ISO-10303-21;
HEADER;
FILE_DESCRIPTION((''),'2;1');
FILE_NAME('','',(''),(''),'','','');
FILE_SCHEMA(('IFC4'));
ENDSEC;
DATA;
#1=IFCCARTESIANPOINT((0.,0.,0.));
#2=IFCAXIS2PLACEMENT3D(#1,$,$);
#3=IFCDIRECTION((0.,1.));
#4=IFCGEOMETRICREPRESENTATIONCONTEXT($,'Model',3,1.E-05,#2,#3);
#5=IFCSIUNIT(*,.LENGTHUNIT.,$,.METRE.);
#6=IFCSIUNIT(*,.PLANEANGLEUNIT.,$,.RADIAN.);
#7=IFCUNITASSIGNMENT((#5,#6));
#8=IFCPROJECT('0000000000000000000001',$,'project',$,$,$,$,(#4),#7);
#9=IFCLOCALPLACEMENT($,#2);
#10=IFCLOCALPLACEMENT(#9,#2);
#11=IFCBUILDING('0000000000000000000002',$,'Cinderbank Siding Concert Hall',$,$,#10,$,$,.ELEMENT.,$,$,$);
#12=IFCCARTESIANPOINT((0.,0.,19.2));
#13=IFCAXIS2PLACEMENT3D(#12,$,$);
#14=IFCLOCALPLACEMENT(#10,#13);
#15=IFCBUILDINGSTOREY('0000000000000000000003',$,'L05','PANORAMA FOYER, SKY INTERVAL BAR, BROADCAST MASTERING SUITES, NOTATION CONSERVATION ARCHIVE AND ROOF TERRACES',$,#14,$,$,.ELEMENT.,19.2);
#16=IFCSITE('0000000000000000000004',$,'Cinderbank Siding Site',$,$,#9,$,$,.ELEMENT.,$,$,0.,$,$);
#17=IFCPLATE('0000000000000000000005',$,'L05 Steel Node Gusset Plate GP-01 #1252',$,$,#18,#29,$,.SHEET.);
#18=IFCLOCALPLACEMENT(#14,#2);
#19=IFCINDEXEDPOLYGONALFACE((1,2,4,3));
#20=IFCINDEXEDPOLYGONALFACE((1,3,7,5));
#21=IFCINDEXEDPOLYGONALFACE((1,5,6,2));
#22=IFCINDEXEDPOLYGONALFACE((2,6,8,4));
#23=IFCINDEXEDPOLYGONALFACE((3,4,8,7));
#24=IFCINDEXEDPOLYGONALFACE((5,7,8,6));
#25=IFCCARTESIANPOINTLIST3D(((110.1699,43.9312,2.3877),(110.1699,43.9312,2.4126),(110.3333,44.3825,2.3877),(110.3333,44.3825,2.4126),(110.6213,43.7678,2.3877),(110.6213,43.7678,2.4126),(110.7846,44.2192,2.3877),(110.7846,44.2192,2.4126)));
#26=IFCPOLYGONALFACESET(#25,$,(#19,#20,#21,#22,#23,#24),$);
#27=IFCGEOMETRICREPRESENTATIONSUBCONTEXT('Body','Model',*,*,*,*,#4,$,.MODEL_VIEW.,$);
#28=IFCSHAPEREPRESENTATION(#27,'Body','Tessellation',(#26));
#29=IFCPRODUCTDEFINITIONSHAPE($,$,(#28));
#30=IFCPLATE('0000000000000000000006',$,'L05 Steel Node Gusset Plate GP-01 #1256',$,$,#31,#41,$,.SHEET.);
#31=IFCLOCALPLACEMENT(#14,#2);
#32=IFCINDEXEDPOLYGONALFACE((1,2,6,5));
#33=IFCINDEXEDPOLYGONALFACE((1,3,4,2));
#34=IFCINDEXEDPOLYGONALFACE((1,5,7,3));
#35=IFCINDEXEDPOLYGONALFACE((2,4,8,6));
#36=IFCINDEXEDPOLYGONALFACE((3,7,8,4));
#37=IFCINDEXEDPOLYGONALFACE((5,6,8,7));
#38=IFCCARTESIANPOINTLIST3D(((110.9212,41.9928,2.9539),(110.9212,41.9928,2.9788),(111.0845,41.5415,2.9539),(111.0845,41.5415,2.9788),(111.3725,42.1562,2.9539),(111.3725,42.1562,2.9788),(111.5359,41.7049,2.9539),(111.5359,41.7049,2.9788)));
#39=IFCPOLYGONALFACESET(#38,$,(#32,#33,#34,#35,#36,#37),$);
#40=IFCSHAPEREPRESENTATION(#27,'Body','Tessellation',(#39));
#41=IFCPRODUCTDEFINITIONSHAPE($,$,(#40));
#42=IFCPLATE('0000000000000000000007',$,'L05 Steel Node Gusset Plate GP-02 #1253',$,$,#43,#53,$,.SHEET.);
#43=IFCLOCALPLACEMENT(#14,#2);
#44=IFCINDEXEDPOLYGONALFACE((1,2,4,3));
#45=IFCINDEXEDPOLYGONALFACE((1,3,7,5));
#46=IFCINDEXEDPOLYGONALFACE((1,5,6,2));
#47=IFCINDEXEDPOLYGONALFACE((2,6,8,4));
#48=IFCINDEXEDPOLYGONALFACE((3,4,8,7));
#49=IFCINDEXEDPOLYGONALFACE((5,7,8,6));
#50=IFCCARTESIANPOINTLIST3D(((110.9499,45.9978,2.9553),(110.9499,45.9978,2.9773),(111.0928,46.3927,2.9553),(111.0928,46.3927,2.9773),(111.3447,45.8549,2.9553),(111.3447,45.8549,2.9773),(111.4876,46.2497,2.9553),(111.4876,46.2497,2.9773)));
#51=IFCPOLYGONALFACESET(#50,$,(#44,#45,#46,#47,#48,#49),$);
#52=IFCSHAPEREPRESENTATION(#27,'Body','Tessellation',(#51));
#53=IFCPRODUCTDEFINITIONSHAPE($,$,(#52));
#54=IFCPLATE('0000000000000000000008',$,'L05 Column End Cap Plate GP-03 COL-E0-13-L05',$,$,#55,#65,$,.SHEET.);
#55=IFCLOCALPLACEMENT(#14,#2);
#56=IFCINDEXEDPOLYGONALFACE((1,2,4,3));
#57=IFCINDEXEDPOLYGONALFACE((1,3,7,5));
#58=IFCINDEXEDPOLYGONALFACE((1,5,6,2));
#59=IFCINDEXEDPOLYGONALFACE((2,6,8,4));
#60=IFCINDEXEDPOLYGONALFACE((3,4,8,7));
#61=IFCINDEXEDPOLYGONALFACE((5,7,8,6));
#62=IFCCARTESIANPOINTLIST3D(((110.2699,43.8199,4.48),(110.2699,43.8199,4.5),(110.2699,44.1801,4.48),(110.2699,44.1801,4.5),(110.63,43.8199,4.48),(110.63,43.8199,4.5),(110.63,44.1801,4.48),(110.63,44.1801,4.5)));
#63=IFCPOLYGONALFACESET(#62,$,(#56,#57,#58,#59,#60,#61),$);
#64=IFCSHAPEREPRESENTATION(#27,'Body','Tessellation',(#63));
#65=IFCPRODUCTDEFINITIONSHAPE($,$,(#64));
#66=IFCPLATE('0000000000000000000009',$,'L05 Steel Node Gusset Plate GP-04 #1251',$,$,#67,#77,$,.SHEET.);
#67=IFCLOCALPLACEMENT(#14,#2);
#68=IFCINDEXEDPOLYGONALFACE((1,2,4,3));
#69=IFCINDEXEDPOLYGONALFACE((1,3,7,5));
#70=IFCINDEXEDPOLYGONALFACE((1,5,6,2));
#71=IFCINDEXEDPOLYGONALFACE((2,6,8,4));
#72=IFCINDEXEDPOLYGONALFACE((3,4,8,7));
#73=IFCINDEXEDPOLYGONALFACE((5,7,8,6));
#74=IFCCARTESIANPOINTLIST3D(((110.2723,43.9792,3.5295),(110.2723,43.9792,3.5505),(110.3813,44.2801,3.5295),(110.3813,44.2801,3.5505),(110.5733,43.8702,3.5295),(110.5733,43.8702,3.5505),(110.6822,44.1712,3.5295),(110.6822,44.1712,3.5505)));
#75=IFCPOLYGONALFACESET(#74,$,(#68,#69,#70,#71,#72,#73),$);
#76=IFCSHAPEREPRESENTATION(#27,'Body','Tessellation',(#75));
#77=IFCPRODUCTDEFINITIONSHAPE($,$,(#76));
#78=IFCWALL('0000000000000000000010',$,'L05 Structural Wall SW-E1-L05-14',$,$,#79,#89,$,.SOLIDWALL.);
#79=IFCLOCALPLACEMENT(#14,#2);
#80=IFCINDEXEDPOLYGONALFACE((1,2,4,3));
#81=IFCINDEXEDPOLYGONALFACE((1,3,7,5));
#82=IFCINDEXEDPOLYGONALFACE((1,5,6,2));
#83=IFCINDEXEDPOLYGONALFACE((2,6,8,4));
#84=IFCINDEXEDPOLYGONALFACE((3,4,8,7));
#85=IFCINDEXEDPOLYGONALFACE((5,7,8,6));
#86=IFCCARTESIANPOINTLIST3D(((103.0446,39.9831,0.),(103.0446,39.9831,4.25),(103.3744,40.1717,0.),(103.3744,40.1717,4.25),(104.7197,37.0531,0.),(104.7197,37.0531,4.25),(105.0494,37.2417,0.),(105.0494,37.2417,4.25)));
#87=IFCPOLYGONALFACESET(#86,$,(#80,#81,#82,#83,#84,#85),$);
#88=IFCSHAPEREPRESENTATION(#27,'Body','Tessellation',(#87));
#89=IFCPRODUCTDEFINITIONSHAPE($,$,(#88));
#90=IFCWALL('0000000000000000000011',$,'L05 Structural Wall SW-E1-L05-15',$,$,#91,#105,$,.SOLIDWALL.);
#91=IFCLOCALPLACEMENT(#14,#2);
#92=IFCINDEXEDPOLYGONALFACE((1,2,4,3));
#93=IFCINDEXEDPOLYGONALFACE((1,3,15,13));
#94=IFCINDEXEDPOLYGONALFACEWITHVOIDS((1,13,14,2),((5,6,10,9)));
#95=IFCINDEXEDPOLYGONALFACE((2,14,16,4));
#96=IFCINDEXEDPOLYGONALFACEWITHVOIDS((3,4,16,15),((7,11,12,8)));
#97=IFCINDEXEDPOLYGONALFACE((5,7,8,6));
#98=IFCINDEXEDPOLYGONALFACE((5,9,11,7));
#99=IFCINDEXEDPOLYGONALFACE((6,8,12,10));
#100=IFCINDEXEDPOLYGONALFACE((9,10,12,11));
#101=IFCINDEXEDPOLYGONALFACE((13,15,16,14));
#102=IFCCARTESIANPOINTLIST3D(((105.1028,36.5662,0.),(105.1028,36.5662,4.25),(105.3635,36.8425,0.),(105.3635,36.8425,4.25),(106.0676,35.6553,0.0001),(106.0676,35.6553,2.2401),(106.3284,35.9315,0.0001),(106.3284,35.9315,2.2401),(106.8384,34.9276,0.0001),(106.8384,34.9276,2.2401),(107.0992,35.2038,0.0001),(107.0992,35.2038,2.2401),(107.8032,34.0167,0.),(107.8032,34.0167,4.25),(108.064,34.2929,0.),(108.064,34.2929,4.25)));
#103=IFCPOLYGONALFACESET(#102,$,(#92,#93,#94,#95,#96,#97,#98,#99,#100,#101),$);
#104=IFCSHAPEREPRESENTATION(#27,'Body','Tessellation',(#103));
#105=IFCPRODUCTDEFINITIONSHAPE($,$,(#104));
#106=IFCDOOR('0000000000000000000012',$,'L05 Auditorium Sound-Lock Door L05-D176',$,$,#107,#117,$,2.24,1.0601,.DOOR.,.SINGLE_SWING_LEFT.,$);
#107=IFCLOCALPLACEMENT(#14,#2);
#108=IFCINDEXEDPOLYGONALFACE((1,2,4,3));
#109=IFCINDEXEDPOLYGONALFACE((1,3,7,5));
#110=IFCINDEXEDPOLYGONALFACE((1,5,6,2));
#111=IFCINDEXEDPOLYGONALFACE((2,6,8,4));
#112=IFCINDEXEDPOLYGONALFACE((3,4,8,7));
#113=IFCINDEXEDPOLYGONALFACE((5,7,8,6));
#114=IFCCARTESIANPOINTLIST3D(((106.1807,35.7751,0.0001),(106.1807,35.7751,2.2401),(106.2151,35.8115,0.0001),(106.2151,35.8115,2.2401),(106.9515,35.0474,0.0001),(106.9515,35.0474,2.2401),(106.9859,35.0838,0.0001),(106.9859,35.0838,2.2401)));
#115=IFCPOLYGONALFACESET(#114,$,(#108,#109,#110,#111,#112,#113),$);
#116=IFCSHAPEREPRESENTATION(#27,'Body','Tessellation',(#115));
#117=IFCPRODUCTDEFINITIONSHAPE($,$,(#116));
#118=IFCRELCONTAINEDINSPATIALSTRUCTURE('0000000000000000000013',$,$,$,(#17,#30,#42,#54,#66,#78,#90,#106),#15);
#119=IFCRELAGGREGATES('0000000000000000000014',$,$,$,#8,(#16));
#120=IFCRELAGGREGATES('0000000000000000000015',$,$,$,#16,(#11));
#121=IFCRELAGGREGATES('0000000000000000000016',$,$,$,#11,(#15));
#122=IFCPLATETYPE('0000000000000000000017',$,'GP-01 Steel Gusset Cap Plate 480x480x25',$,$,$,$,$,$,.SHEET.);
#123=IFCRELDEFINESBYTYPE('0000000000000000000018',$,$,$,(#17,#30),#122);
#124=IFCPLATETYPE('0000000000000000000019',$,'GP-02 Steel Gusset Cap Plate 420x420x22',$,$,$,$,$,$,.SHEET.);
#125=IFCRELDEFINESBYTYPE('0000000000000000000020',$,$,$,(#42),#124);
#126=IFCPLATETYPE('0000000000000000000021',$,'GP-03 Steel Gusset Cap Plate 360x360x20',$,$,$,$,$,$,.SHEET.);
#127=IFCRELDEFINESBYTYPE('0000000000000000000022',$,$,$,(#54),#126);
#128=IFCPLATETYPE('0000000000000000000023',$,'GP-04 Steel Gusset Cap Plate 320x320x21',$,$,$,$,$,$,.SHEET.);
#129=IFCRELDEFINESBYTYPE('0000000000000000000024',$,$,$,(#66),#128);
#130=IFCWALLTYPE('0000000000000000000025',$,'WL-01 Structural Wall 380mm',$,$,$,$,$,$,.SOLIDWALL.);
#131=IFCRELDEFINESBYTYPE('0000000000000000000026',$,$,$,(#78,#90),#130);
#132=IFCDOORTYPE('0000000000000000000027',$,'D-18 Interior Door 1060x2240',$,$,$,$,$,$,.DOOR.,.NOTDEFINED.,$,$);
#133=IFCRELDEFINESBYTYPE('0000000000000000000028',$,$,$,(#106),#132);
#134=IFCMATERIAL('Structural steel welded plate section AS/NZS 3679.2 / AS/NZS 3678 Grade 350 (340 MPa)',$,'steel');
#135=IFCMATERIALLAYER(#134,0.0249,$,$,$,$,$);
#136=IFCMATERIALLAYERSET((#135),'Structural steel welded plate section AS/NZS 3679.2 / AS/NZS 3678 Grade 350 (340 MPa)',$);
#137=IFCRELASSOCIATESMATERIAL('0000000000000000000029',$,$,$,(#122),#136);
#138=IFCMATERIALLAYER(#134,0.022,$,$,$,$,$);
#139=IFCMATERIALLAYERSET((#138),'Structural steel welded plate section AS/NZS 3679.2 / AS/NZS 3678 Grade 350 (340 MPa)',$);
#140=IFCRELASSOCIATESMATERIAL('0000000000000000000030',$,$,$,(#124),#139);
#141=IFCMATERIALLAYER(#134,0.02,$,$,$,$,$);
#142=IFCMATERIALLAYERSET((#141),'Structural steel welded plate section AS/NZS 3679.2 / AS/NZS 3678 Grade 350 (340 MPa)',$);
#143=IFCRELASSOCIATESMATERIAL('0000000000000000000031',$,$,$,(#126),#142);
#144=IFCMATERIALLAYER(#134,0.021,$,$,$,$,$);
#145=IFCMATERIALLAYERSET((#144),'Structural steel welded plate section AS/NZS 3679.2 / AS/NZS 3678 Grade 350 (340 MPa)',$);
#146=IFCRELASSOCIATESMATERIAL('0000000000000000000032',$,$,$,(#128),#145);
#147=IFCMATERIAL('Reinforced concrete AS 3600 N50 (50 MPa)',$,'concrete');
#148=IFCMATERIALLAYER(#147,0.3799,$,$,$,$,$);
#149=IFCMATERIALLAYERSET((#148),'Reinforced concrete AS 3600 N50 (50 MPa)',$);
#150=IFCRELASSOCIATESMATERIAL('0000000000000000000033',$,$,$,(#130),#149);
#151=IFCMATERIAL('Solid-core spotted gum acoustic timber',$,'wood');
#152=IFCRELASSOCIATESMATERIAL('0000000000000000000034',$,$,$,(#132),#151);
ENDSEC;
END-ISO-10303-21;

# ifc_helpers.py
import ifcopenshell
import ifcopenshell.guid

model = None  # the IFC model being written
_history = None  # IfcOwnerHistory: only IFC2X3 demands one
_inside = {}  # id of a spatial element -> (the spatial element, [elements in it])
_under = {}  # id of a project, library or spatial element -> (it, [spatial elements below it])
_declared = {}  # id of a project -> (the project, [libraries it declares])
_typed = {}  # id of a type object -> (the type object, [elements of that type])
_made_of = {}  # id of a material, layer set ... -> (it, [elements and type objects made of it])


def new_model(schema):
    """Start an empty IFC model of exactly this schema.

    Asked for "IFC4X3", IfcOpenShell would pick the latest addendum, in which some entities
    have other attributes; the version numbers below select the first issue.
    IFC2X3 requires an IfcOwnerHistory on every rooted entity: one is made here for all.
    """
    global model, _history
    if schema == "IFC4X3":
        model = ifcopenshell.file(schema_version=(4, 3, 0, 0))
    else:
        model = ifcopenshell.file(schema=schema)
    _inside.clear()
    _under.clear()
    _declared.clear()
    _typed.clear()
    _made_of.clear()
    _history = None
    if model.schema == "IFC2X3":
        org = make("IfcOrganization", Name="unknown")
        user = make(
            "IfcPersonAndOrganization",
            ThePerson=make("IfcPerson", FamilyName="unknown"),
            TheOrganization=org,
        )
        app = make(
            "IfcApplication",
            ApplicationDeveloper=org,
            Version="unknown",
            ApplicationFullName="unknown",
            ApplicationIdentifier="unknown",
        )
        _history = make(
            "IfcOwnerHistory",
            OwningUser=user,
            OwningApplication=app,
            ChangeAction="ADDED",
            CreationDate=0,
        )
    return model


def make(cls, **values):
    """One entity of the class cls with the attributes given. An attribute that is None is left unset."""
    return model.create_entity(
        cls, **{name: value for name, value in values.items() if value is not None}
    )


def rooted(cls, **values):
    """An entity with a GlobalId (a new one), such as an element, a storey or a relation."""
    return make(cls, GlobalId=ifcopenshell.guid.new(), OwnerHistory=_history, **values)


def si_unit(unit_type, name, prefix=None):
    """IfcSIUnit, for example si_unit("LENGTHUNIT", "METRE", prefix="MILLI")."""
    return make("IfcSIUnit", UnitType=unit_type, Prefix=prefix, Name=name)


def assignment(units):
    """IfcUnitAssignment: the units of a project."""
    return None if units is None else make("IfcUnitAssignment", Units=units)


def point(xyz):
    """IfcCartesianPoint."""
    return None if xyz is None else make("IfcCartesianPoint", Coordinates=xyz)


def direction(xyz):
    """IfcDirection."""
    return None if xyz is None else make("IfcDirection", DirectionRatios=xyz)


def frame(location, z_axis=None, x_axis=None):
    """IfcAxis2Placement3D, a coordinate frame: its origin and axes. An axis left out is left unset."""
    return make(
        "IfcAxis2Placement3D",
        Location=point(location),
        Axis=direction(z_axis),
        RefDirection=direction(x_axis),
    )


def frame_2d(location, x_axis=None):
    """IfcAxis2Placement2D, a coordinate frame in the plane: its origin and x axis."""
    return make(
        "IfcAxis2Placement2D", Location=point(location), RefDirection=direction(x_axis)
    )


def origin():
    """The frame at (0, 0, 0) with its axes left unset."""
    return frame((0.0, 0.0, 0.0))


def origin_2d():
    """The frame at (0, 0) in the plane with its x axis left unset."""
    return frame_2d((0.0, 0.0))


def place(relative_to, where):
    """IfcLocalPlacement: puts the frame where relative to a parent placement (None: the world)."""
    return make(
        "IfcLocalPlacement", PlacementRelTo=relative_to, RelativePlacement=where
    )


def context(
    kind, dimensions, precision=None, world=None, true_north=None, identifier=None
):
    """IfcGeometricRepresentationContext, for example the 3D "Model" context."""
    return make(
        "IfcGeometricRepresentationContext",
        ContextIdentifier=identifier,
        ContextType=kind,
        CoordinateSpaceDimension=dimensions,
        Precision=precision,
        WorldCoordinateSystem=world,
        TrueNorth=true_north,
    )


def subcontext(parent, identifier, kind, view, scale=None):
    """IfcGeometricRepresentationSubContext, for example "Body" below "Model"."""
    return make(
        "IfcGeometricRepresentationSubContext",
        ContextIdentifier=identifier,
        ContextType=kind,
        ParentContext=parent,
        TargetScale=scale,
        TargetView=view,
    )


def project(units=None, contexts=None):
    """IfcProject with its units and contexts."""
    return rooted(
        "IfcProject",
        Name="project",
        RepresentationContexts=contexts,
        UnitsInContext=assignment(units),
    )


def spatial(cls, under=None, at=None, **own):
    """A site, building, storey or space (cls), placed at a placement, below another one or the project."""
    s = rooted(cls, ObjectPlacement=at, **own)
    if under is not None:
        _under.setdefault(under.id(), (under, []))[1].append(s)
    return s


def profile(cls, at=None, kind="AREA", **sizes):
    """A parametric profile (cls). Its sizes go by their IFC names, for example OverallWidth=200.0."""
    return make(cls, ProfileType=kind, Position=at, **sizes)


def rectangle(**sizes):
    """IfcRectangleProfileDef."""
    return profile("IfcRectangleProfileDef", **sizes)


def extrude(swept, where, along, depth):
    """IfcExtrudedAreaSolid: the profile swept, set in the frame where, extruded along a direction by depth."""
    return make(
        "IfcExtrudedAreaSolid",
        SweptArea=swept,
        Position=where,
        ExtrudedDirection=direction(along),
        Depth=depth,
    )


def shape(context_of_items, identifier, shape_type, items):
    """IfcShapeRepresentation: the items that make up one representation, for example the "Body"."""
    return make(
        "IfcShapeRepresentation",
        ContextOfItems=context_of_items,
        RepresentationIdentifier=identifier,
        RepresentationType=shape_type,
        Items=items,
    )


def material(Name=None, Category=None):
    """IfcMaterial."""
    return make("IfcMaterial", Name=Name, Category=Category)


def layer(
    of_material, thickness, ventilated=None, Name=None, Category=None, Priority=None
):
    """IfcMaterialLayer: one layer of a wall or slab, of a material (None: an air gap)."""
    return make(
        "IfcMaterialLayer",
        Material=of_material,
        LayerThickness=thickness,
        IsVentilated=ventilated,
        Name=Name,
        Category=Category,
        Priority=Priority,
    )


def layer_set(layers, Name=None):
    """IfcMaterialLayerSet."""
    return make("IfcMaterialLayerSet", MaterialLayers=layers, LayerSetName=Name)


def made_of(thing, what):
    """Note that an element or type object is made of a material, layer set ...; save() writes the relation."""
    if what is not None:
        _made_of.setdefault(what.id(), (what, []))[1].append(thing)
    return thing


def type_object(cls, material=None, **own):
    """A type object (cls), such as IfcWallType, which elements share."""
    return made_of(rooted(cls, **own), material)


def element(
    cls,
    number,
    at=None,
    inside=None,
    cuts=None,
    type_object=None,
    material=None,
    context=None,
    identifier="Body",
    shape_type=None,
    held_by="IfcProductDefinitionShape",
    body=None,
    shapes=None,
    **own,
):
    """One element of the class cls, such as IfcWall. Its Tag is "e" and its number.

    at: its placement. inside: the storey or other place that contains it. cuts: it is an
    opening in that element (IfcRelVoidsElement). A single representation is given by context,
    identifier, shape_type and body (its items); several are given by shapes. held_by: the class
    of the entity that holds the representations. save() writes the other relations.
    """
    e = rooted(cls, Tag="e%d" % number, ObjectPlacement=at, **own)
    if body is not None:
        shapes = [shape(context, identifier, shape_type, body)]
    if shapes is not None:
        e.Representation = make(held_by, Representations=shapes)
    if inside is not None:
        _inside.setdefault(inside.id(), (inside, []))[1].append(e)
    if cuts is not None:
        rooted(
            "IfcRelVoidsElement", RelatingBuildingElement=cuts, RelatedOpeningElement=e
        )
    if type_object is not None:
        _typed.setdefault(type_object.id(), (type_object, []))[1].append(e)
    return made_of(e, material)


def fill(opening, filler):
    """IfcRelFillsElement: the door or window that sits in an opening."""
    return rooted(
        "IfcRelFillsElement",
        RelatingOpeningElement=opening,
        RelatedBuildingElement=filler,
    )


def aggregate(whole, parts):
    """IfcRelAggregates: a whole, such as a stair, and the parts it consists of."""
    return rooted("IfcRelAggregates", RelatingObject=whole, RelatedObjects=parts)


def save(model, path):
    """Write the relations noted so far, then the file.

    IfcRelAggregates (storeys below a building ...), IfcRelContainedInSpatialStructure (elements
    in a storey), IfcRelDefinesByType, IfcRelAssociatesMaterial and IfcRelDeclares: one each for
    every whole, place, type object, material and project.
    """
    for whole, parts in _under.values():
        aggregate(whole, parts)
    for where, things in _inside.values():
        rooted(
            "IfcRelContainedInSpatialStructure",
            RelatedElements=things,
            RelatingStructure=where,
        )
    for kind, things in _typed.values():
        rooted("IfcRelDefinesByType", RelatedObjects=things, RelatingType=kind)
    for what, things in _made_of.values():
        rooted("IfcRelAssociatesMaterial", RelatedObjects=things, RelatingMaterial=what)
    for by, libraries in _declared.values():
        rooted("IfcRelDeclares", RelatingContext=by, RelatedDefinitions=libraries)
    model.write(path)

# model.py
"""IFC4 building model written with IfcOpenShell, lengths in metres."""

from ifc_helpers import new_model, si_unit, direction, frame, frame_2d, origin, origin_2d, place, context, subcontext, project, spatial, rectangle, extrude, material, layer, layer_set, type_object, element, fill, save


model = new_model("IFC4")

# Units and contexts
model_context = context("Model", 3, precision=1e-05, world=origin(), true_north=direction((0.0, 1.0)))
body_context = subcontext(model_context, "Body", "Model", "MODEL_VIEW")
ifc_project = project(units=[si_unit("LENGTHUNIT", "METRE"), si_unit("PLANEANGLEUNIT", "RADIAN")], contexts=[model_context])

# Site, building, storey
site_placement = place(None, origin())
site = spatial("IfcSite", under=ifc_project, at=site_placement, Name="Cinderbank Siding Site", CompositionType="ELEMENT", RefElevation=0.0)
building_placement = place(site_placement, origin())
building = spatial("IfcBuilding", under=site, at=building_placement, Name="Cinderbank Siding Concert Hall", CompositionType="ELEMENT")
storey_placement = place(building_placement, frame((0.0, 0.0, 19.2)))
storey = spatial("IfcBuildingStorey", under=building, at=storey_placement, Name="L05", Description="PANORAMA FOYER, SKY INTERVAL BAR, BROADCAST MASTERING SUITES, NOTATION CONSERVATION ARCHIVE AND ROOF TERRACES", CompositionType="ELEMENT", Elevation=19.2)

# Shared definitions
ifc_material_1 = material(Name="Reinforced concrete AS 3600 N50 (50 MPa)", Category="concrete")

# Plates
ifc_material_2 = material(Name="Structural steel welded plate section AS/NZS 3679.2 / AS/NZS 3678 Grade 350 (340 MPa)", Category="steel")
ifc_layer_1 = layer(ifc_material_2, 0.0249)
ifc_layer_set_1 = layer_set([ifc_layer_1], Name="Structural steel welded plate section AS/NZS 3679.2 / AS/NZS 3678 Grade 350 (340 MPa)")
plate_type_1 = type_object("IfcPlateType", Name="GP-01 Steel Gusset Cap Plate 480x480x25", PredefinedType="SHEET", material=ifc_layer_set_1)
for number, where, z_axis, x_axis, name in (
    (1, (110.4773, 44.0752, 2.3877), (0.0, 0.0, 1.0), (0.34038, 0.940288, 0.0), "L05 Steel Node Gusset Plate GP-01 #1252"),
    (2, (111.2285, 41.8489, 2.9539), (0.0, 0.0, 1.0), (-0.34038, 0.940288, 0.0), "L05 Steel Node Gusset Plate GP-01 #1256"),
):
    element("IfcPlate", number, at=place(storey_placement, frame(where, z_axis=z_axis, x_axis=x_axis)), inside=storey, type_object=plate_type_1, Name=name, PredefinedType="SHEET", context=body_context, shape_type="SweptSolid", body=[
        extrude(rectangle(XDim=0.48, YDim=0.48, at=origin_2d()), origin(), (0.0, 0.0, 1.0), 0.0249),
    ])
ifc_layer_2 = layer(ifc_material_2, 0.022)
ifc_layer_set_2 = layer_set([ifc_layer_2], Name="Structural steel welded plate section AS/NZS 3679.2 / AS/NZS 3678 Grade 350 (340 MPa)")
plate_type_2 = type_object("IfcPlateType", Name="GP-02 Steel Gusset Cap Plate 420x420x22", PredefinedType="SHEET", material=ifc_layer_set_2)
plate_1_placement = place(storey_placement, frame((111.2188, 46.1238, 2.9553), z_axis=(0.0, 0.0, 1.0), x_axis=(0.34038, 0.940288, 0.0)))
element("IfcPlate", 3, at=plate_1_placement, inside=storey, type_object=plate_type_2, Name="L05 Steel Node Gusset Plate GP-02 #1253", PredefinedType="SHEET", context=body_context, shape_type="SweptSolid", body=[
    extrude(rectangle(XDim=0.4199, YDim=0.4199, at=origin_2d()), origin(), (0.0, 0.0, 1.0), 0.022),
])
ifc_layer_3 = layer(ifc_material_2, 0.02)
ifc_layer_set_3 = layer_set([ifc_layer_3], Name="Structural steel welded plate section AS/NZS 3679.2 / AS/NZS 3678 Grade 350 (340 MPa)")
plate_type_3 = type_object("IfcPlateType", Name="GP-03 Steel Gusset Cap Plate 360x360x20", PredefinedType="SHEET", material=ifc_layer_set_3)
plate_2_placement = place(storey_placement, frame((110.45, 44.0, 4.48), z_axis=(0.0, 0.0, 1.0), x_axis=(1.0, 0.0, 0.0)))
element("IfcPlate", 4, at=plate_2_placement, inside=storey, type_object=plate_type_3, Name="L05 Column End Cap Plate GP-03 COL-E0-13-L05", PredefinedType="SHEET", context=body_context, shape_type="SweptSolid", body=[
    extrude(rectangle(XDim=0.3601, YDim=0.3601, at=origin_2d()), origin(), (0.0, 0.0, 1.0), 0.02),
])
ifc_layer_4 = layer(ifc_material_2, 0.021)
ifc_layer_set_4 = layer_set([ifc_layer_4], Name="Structural steel welded plate section AS/NZS 3679.2 / AS/NZS 3678 Grade 350 (340 MPa)")
plate_type_4 = type_object("IfcPlateType", Name="GP-04 Steel Gusset Cap Plate 320x320x21", PredefinedType="SHEET", material=ifc_layer_set_4)
plate_3_placement = place(storey_placement, frame((110.4773, 44.0752, 3.5295), z_axis=(0.0, 0.0, 1.0), x_axis=(-0.34038, -0.940288, 0.0)))
element("IfcPlate", 5, at=plate_3_placement, inside=storey, type_object=plate_type_4, Name="L05 Steel Node Gusset Plate GP-04 #1251", PredefinedType="SHEET", context=body_context, shape_type="SweptSolid", body=[
    extrude(rectangle(XDim=0.3201, YDim=0.3201, at=origin_2d()), origin(), (0.0, 0.0, 1.0), 0.021),
])

# Wall
ifc_layer_5 = layer(ifc_material_1, 0.3799)
ifc_layer_set_5 = layer_set([ifc_layer_5], Name="Reinforced concrete AS 3600 N50 (50 MPa)")
wall_type = type_object("IfcWallType", Name="WL-01 Structural Wall 380mm", PredefinedType="SOLIDWALL", material=ifc_layer_set_5)
wall_1_placement = place(storey_placement, frame((103.2095, 40.0774, 0.0), z_axis=(0.0, 0.0, 1.0), x_axis=(0.496318, -0.868141, 0.0)))
element("IfcWall", 6, at=wall_1_placement, inside=storey, type_object=wall_type, Name="L05 Structural Wall SW-E1-L05-14", PredefinedType="SOLIDWALL", context=body_context, shape_type="SweptSolid", body=[
    extrude(rectangle(XDim=3.375, YDim=0.3799, at=frame_2d((1.6875, 0.0))), origin(), (0.0, 0.0, 1.0), 4.25),
])

# Wall, opening, door
wall_2_placement = place(storey_placement, frame((105.2332, 36.7043, 0.0), z_axis=(0.0, 0.0, 1.0), x_axis=(0.727128, -0.686502, 0.0)))
wall_2 = element("IfcWall", 7, at=wall_2_placement, inside=storey, type_object=wall_type, Name="L05 Structural Wall SW-E1-L05-15", PredefinedType="SOLIDWALL", context=body_context, shape_type="SweptSolid", body=[
    extrude(rectangle(XDim=3.7139, YDim=0.3799, at=frame_2d((1.8569, 0.0))), origin(), (0.0, 0.0, 1.0), 4.25),
])
opening_placement = place(wall_2_placement, frame((1.3269, 0.0, 0.0)))
opening = element("IfcOpeningElement", 8, at=opening_placement, cuts=wall_2, PredefinedType="OPENING", context=body_context, shape_type="SweptSolid", body=[
    extrude(rectangle(XDim=1.0601, YDim=2.24, at=frame_2d((0.53, 1.1201))), frame((0.0, 0.2019, 0.0), z_axis=(0.0, -1.0, 0.0), x_axis=(1.0, 0.0, 0.0)), (0.0, 0.0, 1.0), 0.4038),
])
ifc_material_3 = material(Name="Solid-core spotted gum acoustic timber", Category="wood")
door_type = type_object("IfcDoorType", Name="D-18 Interior Door 1060x2240", OperationType="NOTDEFINED", PredefinedType="DOOR", material=ifc_material_3)
door_placement = place(opening_placement, origin())
door = element("IfcDoor", 9, at=door_placement, inside=storey, type_object=door_type, Name="L05 Auditorium Sound-Lock Door L05-D176", OperationType="SINGLE_SWING_LEFT", OverallHeight=2.24, OverallWidth=1.0601, PredefinedType="DOOR", context=body_context, shape_type="SweptSolid", body=[
    extrude(rectangle(XDim=1.0601, YDim=2.24, at=frame_2d((0.53, 1.1201))), frame((0.0, 0.0249, 0.0), z_axis=(0.0, -1.0, 0.0), x_axis=(1.0, 0.0, 0.0)), (0.0, 0.0, 1.0), 0.05),
])
fill(opening, door)

save(model, "model.ifc")
